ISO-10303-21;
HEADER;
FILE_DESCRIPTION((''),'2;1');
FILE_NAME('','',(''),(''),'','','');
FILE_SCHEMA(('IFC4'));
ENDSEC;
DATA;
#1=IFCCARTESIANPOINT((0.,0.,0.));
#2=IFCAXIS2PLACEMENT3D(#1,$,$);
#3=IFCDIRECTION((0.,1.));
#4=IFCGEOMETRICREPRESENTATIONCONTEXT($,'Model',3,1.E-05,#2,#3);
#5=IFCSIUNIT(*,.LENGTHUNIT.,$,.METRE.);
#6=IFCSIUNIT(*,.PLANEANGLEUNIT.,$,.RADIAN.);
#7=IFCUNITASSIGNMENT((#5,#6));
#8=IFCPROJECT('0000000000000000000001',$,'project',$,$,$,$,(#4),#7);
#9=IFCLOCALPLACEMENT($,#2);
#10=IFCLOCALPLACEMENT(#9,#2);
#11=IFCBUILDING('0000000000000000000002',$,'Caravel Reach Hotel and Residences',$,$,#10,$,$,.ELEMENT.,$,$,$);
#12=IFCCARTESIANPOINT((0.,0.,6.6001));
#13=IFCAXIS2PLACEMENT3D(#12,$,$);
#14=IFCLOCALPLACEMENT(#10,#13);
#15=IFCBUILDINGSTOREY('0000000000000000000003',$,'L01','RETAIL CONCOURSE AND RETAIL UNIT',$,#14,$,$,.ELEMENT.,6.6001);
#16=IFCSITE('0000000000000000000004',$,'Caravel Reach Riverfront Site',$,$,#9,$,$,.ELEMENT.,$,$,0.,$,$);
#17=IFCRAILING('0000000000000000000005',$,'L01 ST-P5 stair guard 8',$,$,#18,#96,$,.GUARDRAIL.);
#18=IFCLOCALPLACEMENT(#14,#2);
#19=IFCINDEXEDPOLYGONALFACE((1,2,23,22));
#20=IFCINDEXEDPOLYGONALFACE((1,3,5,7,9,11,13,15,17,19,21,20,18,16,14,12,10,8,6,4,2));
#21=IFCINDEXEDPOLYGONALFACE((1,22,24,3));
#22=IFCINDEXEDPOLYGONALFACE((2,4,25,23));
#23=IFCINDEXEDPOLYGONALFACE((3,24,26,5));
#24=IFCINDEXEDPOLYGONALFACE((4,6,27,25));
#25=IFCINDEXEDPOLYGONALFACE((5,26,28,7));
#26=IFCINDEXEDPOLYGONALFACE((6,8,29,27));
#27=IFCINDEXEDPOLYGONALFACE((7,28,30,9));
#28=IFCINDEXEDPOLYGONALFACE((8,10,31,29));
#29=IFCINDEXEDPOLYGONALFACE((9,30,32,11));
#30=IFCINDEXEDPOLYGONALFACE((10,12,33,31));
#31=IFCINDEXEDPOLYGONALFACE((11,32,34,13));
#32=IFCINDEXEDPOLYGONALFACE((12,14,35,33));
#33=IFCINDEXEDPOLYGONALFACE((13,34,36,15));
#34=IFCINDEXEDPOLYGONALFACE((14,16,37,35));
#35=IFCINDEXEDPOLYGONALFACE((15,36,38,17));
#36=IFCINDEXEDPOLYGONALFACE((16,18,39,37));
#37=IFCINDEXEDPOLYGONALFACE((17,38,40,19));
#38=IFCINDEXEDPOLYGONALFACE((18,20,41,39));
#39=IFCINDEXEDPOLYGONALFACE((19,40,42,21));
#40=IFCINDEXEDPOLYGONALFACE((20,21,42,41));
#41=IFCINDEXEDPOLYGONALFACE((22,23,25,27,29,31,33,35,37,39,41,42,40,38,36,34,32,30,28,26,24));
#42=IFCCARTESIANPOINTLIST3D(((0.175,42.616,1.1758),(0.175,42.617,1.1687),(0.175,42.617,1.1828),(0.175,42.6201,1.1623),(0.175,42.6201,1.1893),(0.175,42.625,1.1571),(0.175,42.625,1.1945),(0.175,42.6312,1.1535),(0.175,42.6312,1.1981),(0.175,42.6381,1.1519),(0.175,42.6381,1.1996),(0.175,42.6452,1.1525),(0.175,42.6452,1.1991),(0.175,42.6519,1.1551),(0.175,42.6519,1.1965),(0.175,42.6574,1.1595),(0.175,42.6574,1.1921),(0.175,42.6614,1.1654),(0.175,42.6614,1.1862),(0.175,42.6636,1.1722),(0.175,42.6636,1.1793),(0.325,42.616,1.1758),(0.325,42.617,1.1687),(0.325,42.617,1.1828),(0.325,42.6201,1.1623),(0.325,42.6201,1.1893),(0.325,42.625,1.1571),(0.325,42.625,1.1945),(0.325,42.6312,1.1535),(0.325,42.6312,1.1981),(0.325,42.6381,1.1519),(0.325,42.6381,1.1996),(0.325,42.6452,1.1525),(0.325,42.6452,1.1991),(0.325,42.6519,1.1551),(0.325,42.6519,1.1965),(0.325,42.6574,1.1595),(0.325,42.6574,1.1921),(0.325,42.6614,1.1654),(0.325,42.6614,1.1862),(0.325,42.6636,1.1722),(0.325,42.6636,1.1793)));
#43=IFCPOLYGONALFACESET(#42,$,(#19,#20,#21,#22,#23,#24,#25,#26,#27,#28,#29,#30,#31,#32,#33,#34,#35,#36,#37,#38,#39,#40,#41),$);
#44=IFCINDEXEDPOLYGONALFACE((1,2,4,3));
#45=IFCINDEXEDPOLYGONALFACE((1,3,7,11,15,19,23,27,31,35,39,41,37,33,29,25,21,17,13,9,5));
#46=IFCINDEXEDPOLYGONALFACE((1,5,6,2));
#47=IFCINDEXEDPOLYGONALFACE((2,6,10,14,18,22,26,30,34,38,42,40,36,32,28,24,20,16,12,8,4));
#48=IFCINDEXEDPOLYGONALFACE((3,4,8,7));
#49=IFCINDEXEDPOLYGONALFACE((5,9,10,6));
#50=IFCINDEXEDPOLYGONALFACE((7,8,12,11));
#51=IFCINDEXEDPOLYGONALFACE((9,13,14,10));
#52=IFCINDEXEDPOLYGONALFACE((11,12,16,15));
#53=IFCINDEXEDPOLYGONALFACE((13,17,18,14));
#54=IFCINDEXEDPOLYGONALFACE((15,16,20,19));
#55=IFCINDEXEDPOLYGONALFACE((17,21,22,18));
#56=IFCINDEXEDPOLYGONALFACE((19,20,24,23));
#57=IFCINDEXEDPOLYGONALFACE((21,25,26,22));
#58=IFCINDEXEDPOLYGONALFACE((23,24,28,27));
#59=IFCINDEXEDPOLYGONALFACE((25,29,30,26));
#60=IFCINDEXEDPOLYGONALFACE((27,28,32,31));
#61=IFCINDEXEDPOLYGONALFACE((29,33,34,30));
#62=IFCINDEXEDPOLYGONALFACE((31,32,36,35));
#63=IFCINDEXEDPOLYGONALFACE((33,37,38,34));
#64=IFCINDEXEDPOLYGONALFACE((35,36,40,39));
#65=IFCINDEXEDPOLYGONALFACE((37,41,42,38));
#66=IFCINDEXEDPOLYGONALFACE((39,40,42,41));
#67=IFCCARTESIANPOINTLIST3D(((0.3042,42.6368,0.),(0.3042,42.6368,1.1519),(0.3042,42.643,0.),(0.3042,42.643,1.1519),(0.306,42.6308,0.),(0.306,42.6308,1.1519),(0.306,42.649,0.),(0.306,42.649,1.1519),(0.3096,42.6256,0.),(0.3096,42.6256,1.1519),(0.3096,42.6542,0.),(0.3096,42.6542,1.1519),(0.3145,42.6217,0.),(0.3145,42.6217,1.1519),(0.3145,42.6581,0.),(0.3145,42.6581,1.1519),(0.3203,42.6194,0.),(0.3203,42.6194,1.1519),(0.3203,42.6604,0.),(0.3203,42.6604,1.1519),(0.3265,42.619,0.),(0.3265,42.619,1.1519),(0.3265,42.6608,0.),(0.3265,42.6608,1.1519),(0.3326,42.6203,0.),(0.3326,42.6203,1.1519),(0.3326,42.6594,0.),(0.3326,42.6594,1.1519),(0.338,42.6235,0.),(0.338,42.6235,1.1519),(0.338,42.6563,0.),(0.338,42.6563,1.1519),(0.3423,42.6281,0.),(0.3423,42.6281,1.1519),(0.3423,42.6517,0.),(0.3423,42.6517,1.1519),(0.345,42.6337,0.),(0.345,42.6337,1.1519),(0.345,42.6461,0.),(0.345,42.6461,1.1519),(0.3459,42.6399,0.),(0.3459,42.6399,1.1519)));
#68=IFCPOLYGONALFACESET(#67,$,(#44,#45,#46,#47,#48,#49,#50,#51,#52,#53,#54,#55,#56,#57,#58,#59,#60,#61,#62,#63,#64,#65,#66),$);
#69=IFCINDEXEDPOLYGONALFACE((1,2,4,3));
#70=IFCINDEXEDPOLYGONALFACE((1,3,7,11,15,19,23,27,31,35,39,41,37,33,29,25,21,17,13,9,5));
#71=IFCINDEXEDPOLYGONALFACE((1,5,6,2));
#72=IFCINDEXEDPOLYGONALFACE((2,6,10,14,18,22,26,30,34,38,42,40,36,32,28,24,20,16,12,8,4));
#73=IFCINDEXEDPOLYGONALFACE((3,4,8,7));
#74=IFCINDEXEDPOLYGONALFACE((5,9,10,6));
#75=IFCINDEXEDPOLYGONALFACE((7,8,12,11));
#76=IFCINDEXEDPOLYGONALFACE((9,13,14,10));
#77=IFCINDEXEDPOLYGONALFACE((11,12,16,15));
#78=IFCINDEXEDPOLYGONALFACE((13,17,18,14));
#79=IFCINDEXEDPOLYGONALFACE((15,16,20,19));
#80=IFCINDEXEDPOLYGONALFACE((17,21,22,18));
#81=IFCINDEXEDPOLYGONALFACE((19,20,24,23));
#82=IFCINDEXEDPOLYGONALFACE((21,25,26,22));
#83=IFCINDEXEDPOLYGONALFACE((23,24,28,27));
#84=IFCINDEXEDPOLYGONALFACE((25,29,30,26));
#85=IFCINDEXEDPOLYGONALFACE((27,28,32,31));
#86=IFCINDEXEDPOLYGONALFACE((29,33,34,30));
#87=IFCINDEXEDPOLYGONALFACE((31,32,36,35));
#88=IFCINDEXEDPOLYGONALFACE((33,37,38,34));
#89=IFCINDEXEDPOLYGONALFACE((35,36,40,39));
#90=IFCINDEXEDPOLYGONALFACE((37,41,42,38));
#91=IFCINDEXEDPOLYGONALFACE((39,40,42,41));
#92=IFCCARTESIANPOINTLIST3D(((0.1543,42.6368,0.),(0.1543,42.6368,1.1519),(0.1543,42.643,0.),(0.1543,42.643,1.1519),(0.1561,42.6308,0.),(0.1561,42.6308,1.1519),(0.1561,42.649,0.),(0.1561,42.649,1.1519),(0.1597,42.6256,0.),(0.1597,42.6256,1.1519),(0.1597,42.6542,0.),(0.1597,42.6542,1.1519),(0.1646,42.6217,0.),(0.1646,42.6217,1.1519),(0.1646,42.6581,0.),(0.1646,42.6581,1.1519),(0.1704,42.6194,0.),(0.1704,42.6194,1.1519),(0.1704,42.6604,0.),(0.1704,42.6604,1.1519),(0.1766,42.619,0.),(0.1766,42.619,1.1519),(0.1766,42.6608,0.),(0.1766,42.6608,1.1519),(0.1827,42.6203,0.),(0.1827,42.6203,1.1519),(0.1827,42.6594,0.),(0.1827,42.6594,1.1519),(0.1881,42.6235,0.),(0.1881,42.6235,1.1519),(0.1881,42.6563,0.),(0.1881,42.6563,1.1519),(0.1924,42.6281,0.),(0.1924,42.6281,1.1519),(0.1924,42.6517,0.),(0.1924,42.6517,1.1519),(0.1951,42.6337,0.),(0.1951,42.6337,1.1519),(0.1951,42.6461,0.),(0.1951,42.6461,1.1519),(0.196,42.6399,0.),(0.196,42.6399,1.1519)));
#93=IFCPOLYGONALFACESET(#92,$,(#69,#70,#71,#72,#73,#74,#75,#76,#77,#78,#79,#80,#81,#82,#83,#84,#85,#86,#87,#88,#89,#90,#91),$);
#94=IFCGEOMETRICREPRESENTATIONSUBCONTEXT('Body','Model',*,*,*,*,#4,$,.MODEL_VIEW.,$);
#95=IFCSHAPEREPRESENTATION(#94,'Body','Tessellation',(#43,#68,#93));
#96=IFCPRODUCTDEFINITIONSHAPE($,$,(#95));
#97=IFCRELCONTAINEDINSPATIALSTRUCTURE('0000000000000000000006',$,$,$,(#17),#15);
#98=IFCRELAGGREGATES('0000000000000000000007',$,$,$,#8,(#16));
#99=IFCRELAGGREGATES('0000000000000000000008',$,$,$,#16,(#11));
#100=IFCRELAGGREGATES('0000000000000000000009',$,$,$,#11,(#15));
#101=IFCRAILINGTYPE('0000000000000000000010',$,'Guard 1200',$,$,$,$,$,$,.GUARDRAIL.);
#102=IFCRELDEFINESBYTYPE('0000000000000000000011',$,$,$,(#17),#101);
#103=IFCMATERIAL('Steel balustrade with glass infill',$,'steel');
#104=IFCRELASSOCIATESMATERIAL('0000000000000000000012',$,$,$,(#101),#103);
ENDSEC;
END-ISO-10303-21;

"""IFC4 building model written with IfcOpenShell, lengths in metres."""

from ifc_helpers import new_model, si_unit, direction, frame, origin, origin_2d, place, context, subcontext, project, spatial, circle, extrude, material, type_object, element, save


model = new_model("IFC4")

# Units and contexts
model_context = context("Model", 3, precision=1e-05, world=origin(), true_north=direction((0.0, 1.0)))
body_context = subcontext(model_context, "Body", "Model", "MODEL_VIEW")
ifc_project = project(units=[si_unit("LENGTHUNIT", "METRE"), si_unit("PLANEANGLEUNIT", "RADIAN")], contexts=[model_context])

# Site, building, storey
site_placement = place(None, origin())
site = spatial("IfcSite", under=ifc_project, at=site_placement, Name="Caravel Reach Riverfront Site", CompositionType="ELEMENT", RefElevation=0.0)
building_placement = place(site_placement, origin())
building = spatial("IfcBuilding", under=site, at=building_placement, Name="Caravel Reach Hotel and Residences", CompositionType="ELEMENT")
storey_placement = place(building_placement, frame((0.0, 0.0, 6.6001)))
storey = spatial("IfcBuildingStorey", under=building, at=storey_placement, Name="L01", Description="RETAIL CONCOURSE AND RETAIL UNIT", CompositionType="ELEMENT", Elevation=6.6001)

# Railing
ifc_material_1 = material(Name="Steel balustrade with glass infill", Category="steel")
railing_type_1 = type_object("IfcRailingType", Name="Guard 1200", PredefinedType="GUARDRAIL", material=ifc_material_1)
railing_1_placement = place(storey_placement, frame((0.325, 42.6399, 0.0)))
element("IfcRailing", 1, at=railing_1_placement, inside=storey, type_object=railing_type_1, Name="L01 ST-P5 stair guard 8", PredefinedType="GUARDRAIL", context=body_context, shape_type="SweptSolid", body=[
    extrude(circle(Radius=0.0239, at=origin_2d()), frame((0.0, 0.0, 1.1758), z_axis=(-1.0, 0.0, 0.0), x_axis=(0.0, -1.0, 0.0)), (0.0, 0.0, 1.0), 0.1499),
    extrude(circle(Radius=0.021, at=origin_2d()), origin(), (0.0, 0.0, 1.0), 1.1519),
    extrude(circle(Radius=0.021, at=origin_2d()), frame((-0.1499, 0.0, 0.0)), (0.0, 0.0, 1.0), 1.1519),
])

save(model, "model.ifc")
